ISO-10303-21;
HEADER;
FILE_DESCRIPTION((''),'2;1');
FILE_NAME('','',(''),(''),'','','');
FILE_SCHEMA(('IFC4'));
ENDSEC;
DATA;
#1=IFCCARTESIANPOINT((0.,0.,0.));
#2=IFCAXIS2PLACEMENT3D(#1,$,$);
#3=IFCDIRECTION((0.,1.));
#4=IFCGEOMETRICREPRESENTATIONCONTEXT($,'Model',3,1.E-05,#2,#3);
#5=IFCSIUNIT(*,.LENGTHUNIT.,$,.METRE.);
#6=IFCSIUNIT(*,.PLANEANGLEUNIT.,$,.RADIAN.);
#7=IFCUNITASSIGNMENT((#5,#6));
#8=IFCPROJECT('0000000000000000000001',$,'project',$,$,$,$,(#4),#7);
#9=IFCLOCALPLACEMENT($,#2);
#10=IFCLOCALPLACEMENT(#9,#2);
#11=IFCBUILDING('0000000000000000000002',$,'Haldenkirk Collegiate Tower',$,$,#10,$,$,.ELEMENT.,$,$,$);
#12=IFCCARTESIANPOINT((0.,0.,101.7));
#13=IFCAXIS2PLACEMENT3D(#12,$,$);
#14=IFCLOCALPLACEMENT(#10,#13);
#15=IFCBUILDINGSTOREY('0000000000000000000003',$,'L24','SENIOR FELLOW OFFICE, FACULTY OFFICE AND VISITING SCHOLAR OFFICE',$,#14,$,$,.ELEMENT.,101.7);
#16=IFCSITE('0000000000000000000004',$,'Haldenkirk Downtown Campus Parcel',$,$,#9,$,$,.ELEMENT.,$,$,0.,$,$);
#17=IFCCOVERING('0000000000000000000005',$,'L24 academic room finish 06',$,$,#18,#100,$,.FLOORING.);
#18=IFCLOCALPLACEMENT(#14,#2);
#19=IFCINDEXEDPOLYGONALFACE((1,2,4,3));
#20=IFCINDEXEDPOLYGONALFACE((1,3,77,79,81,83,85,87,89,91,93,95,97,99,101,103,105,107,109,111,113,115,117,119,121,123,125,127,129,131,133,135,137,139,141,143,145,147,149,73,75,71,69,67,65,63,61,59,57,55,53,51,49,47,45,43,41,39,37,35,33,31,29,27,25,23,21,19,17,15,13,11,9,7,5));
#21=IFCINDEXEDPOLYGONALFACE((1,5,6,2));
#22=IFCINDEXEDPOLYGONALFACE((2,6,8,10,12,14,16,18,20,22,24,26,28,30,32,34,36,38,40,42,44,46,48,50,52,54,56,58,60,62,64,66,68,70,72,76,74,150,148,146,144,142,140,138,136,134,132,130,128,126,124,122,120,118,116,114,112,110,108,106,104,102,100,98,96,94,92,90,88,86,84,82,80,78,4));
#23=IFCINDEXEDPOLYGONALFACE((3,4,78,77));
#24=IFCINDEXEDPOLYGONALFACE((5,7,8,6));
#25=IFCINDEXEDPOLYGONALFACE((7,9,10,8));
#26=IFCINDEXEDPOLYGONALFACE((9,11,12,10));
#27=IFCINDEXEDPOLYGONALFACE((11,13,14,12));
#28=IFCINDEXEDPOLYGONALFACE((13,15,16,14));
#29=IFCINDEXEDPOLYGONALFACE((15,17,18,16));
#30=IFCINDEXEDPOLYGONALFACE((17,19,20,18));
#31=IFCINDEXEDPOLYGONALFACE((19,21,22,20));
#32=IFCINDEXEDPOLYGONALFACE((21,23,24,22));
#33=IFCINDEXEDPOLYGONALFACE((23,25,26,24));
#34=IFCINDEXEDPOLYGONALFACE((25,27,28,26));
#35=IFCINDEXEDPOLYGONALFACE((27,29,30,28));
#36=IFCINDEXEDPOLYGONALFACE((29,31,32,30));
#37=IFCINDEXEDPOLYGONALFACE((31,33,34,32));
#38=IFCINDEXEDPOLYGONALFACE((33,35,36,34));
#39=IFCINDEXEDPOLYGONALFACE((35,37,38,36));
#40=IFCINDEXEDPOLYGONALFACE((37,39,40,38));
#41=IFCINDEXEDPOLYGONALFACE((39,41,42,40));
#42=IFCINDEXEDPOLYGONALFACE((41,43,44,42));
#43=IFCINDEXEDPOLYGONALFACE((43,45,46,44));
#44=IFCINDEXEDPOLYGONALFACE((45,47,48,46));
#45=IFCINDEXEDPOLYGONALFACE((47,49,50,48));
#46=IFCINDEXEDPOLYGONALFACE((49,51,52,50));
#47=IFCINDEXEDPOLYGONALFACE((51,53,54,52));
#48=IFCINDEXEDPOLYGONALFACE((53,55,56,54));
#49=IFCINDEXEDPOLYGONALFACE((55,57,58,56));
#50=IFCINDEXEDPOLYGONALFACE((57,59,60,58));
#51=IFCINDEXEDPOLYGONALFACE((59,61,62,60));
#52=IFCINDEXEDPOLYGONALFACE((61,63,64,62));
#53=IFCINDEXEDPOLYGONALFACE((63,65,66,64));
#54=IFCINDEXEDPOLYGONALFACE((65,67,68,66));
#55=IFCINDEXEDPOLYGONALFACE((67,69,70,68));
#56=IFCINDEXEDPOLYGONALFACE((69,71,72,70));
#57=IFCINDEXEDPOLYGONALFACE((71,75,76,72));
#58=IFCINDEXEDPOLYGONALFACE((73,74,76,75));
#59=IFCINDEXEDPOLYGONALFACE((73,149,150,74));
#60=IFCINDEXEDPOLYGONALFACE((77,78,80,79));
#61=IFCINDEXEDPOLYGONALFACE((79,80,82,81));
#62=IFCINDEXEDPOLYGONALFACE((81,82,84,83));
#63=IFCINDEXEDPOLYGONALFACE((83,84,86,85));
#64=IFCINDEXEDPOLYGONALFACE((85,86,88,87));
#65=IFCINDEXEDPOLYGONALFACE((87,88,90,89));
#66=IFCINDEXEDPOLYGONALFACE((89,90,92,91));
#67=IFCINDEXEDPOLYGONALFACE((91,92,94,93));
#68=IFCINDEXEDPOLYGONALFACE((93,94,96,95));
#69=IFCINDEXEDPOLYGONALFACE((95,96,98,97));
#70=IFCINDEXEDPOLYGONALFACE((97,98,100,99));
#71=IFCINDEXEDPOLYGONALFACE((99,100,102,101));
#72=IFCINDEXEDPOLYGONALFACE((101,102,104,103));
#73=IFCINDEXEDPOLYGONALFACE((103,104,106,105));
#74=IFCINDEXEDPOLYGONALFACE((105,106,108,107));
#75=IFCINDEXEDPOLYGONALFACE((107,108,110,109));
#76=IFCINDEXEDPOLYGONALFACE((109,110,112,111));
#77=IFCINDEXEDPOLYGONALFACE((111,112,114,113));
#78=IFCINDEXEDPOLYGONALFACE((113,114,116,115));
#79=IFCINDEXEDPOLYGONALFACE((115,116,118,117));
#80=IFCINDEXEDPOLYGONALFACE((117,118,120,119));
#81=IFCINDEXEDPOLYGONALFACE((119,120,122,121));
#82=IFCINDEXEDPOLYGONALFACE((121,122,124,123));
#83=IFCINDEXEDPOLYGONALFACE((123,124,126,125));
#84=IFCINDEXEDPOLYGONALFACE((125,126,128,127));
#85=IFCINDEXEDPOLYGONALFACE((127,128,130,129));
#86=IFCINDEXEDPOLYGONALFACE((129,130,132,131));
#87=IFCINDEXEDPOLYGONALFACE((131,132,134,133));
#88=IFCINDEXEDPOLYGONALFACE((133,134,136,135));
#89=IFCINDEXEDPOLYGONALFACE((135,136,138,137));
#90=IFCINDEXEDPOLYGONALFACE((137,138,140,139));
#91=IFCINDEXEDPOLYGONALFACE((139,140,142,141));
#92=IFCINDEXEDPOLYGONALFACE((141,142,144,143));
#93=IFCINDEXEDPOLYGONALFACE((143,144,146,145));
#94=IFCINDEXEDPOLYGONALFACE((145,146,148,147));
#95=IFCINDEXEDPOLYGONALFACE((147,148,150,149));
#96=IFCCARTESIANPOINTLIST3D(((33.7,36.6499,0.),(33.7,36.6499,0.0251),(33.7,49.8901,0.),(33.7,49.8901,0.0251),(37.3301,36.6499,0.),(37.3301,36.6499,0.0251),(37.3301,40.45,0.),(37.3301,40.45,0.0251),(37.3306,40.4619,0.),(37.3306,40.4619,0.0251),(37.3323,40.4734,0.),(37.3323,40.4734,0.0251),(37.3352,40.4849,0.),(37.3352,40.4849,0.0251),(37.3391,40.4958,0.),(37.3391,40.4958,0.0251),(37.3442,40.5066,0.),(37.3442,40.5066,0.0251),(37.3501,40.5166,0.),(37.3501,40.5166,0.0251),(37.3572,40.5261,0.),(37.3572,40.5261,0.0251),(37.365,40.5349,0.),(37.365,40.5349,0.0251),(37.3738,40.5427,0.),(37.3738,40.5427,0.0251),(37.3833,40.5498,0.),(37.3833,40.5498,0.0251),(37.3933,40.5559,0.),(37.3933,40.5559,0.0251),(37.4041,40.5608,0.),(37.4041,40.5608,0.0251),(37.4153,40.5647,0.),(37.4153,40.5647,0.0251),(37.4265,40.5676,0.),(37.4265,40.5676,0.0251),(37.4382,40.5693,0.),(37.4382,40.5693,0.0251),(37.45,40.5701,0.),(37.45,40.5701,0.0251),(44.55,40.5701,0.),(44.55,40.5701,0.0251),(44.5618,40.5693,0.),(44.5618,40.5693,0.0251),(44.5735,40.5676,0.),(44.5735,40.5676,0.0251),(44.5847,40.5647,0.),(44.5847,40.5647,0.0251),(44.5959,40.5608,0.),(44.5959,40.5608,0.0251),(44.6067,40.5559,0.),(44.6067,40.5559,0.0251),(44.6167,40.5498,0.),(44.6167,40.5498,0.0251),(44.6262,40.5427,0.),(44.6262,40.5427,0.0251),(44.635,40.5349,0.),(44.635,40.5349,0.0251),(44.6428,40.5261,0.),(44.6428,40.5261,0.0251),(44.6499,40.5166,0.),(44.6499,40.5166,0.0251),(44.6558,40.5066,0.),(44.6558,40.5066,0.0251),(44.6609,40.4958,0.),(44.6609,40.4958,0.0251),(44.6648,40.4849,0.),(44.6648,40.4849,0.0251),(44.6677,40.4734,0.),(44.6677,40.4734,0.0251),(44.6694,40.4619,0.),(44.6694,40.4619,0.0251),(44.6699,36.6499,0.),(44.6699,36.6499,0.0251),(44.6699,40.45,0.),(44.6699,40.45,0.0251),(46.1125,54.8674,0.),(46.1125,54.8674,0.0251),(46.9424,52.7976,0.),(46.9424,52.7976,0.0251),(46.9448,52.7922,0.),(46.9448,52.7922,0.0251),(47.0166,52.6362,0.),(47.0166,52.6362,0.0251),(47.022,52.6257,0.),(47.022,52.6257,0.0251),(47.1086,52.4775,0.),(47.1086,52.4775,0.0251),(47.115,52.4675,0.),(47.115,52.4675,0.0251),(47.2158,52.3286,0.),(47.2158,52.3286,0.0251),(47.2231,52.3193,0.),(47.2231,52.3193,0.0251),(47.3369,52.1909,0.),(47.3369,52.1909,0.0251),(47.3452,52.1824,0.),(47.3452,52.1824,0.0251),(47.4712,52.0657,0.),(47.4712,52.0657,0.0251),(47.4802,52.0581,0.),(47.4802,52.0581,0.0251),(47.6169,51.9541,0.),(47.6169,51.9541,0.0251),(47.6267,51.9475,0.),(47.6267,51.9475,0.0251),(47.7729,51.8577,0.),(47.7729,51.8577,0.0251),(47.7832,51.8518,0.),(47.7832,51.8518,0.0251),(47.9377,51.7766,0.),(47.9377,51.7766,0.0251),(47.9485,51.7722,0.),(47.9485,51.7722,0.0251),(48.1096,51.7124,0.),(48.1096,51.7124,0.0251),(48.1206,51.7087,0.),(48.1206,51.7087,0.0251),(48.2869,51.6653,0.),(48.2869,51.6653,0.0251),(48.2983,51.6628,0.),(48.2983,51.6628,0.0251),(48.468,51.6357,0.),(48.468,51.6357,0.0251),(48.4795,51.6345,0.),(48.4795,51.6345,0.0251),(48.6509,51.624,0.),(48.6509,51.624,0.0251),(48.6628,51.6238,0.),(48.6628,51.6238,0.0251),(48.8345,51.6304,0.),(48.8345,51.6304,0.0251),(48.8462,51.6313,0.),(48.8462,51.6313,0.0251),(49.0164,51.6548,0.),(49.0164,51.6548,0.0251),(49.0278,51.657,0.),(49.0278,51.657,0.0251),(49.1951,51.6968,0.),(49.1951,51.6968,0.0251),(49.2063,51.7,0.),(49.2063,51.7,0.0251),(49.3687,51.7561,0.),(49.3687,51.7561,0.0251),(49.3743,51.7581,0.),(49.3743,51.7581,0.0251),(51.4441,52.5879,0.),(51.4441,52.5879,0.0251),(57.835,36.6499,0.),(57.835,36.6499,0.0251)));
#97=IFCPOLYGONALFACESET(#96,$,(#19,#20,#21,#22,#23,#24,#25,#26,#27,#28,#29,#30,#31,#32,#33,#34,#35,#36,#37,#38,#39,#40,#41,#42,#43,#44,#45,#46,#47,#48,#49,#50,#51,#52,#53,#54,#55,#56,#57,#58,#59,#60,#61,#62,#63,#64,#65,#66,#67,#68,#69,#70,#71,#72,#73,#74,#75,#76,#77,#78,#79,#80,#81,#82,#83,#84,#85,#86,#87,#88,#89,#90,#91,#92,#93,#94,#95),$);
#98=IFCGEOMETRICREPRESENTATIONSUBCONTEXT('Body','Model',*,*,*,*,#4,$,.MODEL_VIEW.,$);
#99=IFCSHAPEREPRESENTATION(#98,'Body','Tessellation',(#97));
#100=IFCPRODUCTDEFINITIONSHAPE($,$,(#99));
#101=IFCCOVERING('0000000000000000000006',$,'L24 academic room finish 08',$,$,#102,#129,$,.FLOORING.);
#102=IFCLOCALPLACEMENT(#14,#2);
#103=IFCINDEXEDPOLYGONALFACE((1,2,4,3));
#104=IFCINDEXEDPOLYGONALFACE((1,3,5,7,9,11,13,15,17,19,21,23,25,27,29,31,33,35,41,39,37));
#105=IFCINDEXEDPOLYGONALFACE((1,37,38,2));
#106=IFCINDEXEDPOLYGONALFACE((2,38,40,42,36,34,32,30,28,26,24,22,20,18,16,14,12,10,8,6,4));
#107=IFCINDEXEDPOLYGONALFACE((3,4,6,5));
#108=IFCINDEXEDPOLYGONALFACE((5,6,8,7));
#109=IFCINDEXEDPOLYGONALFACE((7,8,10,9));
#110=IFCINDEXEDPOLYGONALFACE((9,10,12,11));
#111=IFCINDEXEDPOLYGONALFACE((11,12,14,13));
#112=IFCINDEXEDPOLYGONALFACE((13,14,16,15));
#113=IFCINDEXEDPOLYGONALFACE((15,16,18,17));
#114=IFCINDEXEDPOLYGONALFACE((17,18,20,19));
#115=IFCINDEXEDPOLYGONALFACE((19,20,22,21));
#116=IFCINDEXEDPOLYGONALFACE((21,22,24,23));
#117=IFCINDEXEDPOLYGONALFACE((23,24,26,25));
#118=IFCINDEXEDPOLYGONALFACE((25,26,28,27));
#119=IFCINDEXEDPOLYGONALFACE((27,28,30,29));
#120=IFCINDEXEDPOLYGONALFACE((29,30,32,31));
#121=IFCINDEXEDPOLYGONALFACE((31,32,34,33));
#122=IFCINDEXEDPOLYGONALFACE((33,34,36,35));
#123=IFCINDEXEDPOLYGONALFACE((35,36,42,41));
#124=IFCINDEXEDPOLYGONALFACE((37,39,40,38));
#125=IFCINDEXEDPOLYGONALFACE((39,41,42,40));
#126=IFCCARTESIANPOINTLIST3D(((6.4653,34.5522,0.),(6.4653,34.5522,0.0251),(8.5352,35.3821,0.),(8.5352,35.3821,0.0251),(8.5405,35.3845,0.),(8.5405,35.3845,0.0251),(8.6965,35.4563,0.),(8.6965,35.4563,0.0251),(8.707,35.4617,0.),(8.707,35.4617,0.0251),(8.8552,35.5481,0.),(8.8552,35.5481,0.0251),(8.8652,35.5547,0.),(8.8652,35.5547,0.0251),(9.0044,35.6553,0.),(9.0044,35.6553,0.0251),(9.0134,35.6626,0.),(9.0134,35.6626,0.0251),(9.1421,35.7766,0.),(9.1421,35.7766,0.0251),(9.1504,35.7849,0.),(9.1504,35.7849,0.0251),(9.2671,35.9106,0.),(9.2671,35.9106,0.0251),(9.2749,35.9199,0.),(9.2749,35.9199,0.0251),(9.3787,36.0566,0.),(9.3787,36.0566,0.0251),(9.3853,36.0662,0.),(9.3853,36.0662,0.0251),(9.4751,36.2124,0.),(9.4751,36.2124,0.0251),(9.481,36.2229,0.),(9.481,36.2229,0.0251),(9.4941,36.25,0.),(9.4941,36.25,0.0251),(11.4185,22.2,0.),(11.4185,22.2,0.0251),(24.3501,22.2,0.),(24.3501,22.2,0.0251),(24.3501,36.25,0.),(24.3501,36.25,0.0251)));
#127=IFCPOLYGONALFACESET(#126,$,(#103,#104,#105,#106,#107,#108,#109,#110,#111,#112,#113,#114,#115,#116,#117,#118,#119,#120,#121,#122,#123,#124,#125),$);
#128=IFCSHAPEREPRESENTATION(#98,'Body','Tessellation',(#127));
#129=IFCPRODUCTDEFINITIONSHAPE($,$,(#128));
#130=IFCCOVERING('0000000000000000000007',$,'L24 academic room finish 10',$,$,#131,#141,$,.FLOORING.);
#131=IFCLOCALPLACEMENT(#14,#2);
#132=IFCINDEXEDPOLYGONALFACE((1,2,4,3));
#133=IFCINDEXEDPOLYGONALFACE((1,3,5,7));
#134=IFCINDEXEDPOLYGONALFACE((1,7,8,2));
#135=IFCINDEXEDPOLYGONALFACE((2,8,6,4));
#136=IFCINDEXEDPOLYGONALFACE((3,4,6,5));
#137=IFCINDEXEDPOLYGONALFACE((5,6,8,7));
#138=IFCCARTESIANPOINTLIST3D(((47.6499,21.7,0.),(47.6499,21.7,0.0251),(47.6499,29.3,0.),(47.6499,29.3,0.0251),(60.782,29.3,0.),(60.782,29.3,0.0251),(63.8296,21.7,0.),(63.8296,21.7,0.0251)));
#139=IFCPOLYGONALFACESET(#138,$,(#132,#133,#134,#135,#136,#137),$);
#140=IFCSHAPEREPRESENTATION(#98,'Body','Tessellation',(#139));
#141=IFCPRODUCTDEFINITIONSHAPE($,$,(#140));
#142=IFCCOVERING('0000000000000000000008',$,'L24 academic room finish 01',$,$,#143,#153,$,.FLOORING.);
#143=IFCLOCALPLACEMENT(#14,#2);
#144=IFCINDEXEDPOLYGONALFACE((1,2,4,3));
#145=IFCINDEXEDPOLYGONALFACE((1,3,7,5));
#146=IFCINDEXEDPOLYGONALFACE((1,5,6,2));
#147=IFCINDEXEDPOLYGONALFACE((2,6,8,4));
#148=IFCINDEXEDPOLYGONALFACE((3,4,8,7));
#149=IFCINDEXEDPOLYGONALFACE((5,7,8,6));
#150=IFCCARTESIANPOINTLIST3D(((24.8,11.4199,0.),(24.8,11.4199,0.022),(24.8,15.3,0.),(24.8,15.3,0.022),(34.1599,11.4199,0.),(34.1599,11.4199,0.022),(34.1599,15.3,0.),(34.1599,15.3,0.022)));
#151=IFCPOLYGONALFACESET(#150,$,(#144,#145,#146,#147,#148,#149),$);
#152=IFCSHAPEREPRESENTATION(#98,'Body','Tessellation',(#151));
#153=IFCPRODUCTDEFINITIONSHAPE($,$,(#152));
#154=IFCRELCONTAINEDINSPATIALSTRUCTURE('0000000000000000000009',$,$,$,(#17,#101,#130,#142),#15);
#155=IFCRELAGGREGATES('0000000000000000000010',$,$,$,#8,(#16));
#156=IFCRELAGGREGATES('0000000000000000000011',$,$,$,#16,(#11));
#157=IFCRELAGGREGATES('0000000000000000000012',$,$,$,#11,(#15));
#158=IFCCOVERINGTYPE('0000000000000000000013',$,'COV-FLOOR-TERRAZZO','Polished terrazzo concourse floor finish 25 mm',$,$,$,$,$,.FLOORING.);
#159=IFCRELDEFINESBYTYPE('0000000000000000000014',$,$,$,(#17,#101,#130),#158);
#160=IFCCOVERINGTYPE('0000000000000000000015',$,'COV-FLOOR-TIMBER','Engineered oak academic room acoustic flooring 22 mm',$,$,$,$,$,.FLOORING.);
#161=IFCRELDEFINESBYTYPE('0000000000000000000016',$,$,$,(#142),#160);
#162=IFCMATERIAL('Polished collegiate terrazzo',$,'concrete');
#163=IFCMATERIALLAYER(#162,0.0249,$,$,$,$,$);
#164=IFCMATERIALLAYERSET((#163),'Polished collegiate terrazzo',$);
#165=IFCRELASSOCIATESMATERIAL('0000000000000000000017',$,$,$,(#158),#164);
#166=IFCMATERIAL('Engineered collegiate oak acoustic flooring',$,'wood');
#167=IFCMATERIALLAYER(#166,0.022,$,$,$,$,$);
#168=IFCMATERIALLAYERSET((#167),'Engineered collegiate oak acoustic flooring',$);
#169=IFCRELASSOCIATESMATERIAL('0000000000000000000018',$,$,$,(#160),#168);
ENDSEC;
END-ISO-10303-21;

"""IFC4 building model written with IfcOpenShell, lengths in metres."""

from ifc_helpers import new_model, si_unit, direction, frame, origin, place, context, subcontext, project, spatial, polyline, outline, extrude, material, layer, layer_set, type_object, element, save


model = new_model("IFC4")

# Units and contexts
model_context = context("Model", 3, precision=1e-05, world=origin(), true_north=direction((0.0, 1.0)))
body_context = subcontext(model_context, "Body", "Model", "MODEL_VIEW")
ifc_project = project(units=[si_unit("LENGTHUNIT", "METRE"), si_unit("PLANEANGLEUNIT", "RADIAN")], contexts=[model_context])

# Site, building, storey
site_placement = place(None, origin())
site = spatial("IfcSite", under=ifc_project, at=site_placement, Name="Haldenkirk Downtown Campus Parcel", CompositionType="ELEMENT", RefElevation=0.0)
building_placement = place(site_placement, origin())
building = spatial("IfcBuilding", under=site, at=building_placement, Name="Haldenkirk Collegiate Tower", CompositionType="ELEMENT")
storey_placement = place(building_placement, frame((0.0, 0.0, 101.7)))
storey = spatial("IfcBuildingStorey", under=building, at=storey_placement, Name="L24", Description="SENIOR FELLOW OFFICE, FACULTY OFFICE AND VISITING SCHOLAR OFFICE", CompositionType="ELEMENT", Elevation=101.7)

# Coverings
ifc_material_1 = material(Name="Polished collegiate terrazzo", Category="concrete")
ifc_layer_1 = layer(ifc_material_1, 0.0249)
ifc_layer_set_1 = layer_set([ifc_layer_1], Name="Polished collegiate terrazzo")
covering_type_1 = type_object("IfcCoveringType", Name="COV-FLOOR-TERRAZZO", Description="Polished terrazzo concourse floor finish 25 mm", PredefinedType="FLOORING", material=ifc_layer_set_1)
covering_1_placement = place(storey_placement, origin())
element("IfcCovering", 1, at=covering_1_placement, inside=storey, type_object=covering_type_1, Name="L24 academic room finish 06", PredefinedType="FLOORING", context=body_context, shape_type="SweptSolid", body=[
    extrude(outline(polyline([(46.1125, 54.8674), (46.9424, 52.7976), (46.9448, 52.7922), (47.0166, 52.6362), (47.022, 52.6257), (47.1086, 52.4775), (47.115, 52.4675), (47.2158, 52.3286), (47.2231, 52.3193), (47.3369, 52.1909), (47.3452, 52.1824), (47.4712, 52.0657), (47.4802, 52.0581), (47.6169, 51.9541), (47.6267, 51.9475), (47.7729, 51.8577), (47.7832, 51.8518), (47.9377, 51.7766), (47.9485, 51.7722), (48.1096, 51.7124), (48.1206, 51.7087), (48.2869, 51.6653), (48.2983, 51.6628), (48.468, 51.6357), (48.4795, 51.6345), (48.6509, 51.624), (48.6628, 51.6238), (48.8345, 51.6304), (48.8462, 51.6313), (49.0164, 51.6548), (49.0278, 51.657), (49.1951, 51.6968), (49.2063, 51.7), (49.3687, 51.7561), (49.3743, 51.7581), (51.4441, 52.5879), (57.835, 36.6499), (44.6699, 36.6499), (44.6699, 40.45), (44.6694, 40.4619), (44.6677, 40.4734), (44.6648, 40.4849), (44.6609, 40.4958), (44.6558, 40.5066), (44.6499, 40.5166), (44.6428, 40.5261), (44.635, 40.5349), (44.6262, 40.5427), (44.6167, 40.5498), (44.6067, 40.5559), (44.5959, 40.5608), (44.5847, 40.5647), (44.5735, 40.5676), (44.5618, 40.5693), (44.55, 40.5701), (37.45, 40.5701), (37.4382, 40.5693), (37.4265, 40.5676), (37.4153, 40.5647), (37.4041, 40.5608), (37.3933, 40.5559), (37.3833, 40.5498), (37.3738, 40.5427), (37.365, 40.5349), (37.3572, 40.5261), (37.3501, 40.5166), (37.3442, 40.5066), (37.3391, 40.4958), (37.3352, 40.4849), (37.3323, 40.4734), (37.3306, 40.4619), (37.3301, 40.45), (37.3301, 36.6499), (33.7, 36.6499), (33.7, 49.8901), (46.1125, 54.8674)])), origin(), (0.0, 0.0, 1.0), 0.0251),
])
covering_2_placement = place(storey_placement, origin())
element("IfcCovering", 2, at=covering_2_placement, inside=storey, type_object=covering_type_1, Name="L24 academic room finish 08", PredefinedType="FLOORING", context=body_context, shape_type="SweptSolid", body=[
    extrude(outline(polyline([(8.5352, 35.3821), (8.5405, 35.3845), (8.6965, 35.4563), (8.707, 35.4617), (8.8552, 35.5481), (8.8652, 35.5547), (9.0044, 35.6553), (9.0134, 35.6626), (9.1421, 35.7766), (9.1504, 35.7849), (9.2671, 35.9106), (9.2749, 35.9199), (9.3787, 36.0566), (9.3853, 36.0662), (9.4751, 36.2124), (9.481, 36.2229), (9.4941, 36.25), (24.3501, 36.25), (24.3501, 22.2), (11.4185, 22.2), (6.4653, 34.5522), (8.5352, 35.3821)])), origin(), (0.0, 0.0, 1.0), 0.0251),
])
covering_3_placement = place(storey_placement, origin())
element("IfcCovering", 3, at=covering_3_placement, inside=storey, type_object=covering_type_1, Name="L24 academic room finish 10", PredefinedType="FLOORING", context=body_context, shape_type="SweptSolid", body=[
    extrude(outline(polyline([(63.8296, 21.7), (47.6499, 21.7), (47.6499, 29.3), (60.782, 29.3), (63.8296, 21.7)])), origin(), (0.0, 0.0, 1.0), 0.0251),
])
ifc_material_2 = material(Name="Engineered collegiate oak acoustic flooring", Category="wood")
ifc_layer_2 = layer(ifc_material_2, 0.022)
ifc_layer_set_2 = layer_set([ifc_layer_2], Name="Engineered collegiate oak acoustic flooring")
covering_type_2 = type_object("IfcCoveringType", Name="COV-FLOOR-TIMBER", Description="Engineered oak academic room acoustic flooring 22 mm", PredefinedType="FLOORING", material=ifc_layer_set_2)
covering_4_placement = place(storey_placement, origin())
element("IfcCovering", 4, at=covering_4_placement, inside=storey, type_object=covering_type_2, Name="L24 academic room finish 01", PredefinedType="FLOORING", context=body_context, shape_type="SweptSolid", body=[
    extrude(outline(polyline([(24.8, 11.4199), (24.8, 15.3), (34.1599, 15.3), (34.1599, 11.4199), (24.8, 11.4199)])), origin(), (0.0, 0.0, 1.0), 0.022),
])

save(model, "model.ifc")
